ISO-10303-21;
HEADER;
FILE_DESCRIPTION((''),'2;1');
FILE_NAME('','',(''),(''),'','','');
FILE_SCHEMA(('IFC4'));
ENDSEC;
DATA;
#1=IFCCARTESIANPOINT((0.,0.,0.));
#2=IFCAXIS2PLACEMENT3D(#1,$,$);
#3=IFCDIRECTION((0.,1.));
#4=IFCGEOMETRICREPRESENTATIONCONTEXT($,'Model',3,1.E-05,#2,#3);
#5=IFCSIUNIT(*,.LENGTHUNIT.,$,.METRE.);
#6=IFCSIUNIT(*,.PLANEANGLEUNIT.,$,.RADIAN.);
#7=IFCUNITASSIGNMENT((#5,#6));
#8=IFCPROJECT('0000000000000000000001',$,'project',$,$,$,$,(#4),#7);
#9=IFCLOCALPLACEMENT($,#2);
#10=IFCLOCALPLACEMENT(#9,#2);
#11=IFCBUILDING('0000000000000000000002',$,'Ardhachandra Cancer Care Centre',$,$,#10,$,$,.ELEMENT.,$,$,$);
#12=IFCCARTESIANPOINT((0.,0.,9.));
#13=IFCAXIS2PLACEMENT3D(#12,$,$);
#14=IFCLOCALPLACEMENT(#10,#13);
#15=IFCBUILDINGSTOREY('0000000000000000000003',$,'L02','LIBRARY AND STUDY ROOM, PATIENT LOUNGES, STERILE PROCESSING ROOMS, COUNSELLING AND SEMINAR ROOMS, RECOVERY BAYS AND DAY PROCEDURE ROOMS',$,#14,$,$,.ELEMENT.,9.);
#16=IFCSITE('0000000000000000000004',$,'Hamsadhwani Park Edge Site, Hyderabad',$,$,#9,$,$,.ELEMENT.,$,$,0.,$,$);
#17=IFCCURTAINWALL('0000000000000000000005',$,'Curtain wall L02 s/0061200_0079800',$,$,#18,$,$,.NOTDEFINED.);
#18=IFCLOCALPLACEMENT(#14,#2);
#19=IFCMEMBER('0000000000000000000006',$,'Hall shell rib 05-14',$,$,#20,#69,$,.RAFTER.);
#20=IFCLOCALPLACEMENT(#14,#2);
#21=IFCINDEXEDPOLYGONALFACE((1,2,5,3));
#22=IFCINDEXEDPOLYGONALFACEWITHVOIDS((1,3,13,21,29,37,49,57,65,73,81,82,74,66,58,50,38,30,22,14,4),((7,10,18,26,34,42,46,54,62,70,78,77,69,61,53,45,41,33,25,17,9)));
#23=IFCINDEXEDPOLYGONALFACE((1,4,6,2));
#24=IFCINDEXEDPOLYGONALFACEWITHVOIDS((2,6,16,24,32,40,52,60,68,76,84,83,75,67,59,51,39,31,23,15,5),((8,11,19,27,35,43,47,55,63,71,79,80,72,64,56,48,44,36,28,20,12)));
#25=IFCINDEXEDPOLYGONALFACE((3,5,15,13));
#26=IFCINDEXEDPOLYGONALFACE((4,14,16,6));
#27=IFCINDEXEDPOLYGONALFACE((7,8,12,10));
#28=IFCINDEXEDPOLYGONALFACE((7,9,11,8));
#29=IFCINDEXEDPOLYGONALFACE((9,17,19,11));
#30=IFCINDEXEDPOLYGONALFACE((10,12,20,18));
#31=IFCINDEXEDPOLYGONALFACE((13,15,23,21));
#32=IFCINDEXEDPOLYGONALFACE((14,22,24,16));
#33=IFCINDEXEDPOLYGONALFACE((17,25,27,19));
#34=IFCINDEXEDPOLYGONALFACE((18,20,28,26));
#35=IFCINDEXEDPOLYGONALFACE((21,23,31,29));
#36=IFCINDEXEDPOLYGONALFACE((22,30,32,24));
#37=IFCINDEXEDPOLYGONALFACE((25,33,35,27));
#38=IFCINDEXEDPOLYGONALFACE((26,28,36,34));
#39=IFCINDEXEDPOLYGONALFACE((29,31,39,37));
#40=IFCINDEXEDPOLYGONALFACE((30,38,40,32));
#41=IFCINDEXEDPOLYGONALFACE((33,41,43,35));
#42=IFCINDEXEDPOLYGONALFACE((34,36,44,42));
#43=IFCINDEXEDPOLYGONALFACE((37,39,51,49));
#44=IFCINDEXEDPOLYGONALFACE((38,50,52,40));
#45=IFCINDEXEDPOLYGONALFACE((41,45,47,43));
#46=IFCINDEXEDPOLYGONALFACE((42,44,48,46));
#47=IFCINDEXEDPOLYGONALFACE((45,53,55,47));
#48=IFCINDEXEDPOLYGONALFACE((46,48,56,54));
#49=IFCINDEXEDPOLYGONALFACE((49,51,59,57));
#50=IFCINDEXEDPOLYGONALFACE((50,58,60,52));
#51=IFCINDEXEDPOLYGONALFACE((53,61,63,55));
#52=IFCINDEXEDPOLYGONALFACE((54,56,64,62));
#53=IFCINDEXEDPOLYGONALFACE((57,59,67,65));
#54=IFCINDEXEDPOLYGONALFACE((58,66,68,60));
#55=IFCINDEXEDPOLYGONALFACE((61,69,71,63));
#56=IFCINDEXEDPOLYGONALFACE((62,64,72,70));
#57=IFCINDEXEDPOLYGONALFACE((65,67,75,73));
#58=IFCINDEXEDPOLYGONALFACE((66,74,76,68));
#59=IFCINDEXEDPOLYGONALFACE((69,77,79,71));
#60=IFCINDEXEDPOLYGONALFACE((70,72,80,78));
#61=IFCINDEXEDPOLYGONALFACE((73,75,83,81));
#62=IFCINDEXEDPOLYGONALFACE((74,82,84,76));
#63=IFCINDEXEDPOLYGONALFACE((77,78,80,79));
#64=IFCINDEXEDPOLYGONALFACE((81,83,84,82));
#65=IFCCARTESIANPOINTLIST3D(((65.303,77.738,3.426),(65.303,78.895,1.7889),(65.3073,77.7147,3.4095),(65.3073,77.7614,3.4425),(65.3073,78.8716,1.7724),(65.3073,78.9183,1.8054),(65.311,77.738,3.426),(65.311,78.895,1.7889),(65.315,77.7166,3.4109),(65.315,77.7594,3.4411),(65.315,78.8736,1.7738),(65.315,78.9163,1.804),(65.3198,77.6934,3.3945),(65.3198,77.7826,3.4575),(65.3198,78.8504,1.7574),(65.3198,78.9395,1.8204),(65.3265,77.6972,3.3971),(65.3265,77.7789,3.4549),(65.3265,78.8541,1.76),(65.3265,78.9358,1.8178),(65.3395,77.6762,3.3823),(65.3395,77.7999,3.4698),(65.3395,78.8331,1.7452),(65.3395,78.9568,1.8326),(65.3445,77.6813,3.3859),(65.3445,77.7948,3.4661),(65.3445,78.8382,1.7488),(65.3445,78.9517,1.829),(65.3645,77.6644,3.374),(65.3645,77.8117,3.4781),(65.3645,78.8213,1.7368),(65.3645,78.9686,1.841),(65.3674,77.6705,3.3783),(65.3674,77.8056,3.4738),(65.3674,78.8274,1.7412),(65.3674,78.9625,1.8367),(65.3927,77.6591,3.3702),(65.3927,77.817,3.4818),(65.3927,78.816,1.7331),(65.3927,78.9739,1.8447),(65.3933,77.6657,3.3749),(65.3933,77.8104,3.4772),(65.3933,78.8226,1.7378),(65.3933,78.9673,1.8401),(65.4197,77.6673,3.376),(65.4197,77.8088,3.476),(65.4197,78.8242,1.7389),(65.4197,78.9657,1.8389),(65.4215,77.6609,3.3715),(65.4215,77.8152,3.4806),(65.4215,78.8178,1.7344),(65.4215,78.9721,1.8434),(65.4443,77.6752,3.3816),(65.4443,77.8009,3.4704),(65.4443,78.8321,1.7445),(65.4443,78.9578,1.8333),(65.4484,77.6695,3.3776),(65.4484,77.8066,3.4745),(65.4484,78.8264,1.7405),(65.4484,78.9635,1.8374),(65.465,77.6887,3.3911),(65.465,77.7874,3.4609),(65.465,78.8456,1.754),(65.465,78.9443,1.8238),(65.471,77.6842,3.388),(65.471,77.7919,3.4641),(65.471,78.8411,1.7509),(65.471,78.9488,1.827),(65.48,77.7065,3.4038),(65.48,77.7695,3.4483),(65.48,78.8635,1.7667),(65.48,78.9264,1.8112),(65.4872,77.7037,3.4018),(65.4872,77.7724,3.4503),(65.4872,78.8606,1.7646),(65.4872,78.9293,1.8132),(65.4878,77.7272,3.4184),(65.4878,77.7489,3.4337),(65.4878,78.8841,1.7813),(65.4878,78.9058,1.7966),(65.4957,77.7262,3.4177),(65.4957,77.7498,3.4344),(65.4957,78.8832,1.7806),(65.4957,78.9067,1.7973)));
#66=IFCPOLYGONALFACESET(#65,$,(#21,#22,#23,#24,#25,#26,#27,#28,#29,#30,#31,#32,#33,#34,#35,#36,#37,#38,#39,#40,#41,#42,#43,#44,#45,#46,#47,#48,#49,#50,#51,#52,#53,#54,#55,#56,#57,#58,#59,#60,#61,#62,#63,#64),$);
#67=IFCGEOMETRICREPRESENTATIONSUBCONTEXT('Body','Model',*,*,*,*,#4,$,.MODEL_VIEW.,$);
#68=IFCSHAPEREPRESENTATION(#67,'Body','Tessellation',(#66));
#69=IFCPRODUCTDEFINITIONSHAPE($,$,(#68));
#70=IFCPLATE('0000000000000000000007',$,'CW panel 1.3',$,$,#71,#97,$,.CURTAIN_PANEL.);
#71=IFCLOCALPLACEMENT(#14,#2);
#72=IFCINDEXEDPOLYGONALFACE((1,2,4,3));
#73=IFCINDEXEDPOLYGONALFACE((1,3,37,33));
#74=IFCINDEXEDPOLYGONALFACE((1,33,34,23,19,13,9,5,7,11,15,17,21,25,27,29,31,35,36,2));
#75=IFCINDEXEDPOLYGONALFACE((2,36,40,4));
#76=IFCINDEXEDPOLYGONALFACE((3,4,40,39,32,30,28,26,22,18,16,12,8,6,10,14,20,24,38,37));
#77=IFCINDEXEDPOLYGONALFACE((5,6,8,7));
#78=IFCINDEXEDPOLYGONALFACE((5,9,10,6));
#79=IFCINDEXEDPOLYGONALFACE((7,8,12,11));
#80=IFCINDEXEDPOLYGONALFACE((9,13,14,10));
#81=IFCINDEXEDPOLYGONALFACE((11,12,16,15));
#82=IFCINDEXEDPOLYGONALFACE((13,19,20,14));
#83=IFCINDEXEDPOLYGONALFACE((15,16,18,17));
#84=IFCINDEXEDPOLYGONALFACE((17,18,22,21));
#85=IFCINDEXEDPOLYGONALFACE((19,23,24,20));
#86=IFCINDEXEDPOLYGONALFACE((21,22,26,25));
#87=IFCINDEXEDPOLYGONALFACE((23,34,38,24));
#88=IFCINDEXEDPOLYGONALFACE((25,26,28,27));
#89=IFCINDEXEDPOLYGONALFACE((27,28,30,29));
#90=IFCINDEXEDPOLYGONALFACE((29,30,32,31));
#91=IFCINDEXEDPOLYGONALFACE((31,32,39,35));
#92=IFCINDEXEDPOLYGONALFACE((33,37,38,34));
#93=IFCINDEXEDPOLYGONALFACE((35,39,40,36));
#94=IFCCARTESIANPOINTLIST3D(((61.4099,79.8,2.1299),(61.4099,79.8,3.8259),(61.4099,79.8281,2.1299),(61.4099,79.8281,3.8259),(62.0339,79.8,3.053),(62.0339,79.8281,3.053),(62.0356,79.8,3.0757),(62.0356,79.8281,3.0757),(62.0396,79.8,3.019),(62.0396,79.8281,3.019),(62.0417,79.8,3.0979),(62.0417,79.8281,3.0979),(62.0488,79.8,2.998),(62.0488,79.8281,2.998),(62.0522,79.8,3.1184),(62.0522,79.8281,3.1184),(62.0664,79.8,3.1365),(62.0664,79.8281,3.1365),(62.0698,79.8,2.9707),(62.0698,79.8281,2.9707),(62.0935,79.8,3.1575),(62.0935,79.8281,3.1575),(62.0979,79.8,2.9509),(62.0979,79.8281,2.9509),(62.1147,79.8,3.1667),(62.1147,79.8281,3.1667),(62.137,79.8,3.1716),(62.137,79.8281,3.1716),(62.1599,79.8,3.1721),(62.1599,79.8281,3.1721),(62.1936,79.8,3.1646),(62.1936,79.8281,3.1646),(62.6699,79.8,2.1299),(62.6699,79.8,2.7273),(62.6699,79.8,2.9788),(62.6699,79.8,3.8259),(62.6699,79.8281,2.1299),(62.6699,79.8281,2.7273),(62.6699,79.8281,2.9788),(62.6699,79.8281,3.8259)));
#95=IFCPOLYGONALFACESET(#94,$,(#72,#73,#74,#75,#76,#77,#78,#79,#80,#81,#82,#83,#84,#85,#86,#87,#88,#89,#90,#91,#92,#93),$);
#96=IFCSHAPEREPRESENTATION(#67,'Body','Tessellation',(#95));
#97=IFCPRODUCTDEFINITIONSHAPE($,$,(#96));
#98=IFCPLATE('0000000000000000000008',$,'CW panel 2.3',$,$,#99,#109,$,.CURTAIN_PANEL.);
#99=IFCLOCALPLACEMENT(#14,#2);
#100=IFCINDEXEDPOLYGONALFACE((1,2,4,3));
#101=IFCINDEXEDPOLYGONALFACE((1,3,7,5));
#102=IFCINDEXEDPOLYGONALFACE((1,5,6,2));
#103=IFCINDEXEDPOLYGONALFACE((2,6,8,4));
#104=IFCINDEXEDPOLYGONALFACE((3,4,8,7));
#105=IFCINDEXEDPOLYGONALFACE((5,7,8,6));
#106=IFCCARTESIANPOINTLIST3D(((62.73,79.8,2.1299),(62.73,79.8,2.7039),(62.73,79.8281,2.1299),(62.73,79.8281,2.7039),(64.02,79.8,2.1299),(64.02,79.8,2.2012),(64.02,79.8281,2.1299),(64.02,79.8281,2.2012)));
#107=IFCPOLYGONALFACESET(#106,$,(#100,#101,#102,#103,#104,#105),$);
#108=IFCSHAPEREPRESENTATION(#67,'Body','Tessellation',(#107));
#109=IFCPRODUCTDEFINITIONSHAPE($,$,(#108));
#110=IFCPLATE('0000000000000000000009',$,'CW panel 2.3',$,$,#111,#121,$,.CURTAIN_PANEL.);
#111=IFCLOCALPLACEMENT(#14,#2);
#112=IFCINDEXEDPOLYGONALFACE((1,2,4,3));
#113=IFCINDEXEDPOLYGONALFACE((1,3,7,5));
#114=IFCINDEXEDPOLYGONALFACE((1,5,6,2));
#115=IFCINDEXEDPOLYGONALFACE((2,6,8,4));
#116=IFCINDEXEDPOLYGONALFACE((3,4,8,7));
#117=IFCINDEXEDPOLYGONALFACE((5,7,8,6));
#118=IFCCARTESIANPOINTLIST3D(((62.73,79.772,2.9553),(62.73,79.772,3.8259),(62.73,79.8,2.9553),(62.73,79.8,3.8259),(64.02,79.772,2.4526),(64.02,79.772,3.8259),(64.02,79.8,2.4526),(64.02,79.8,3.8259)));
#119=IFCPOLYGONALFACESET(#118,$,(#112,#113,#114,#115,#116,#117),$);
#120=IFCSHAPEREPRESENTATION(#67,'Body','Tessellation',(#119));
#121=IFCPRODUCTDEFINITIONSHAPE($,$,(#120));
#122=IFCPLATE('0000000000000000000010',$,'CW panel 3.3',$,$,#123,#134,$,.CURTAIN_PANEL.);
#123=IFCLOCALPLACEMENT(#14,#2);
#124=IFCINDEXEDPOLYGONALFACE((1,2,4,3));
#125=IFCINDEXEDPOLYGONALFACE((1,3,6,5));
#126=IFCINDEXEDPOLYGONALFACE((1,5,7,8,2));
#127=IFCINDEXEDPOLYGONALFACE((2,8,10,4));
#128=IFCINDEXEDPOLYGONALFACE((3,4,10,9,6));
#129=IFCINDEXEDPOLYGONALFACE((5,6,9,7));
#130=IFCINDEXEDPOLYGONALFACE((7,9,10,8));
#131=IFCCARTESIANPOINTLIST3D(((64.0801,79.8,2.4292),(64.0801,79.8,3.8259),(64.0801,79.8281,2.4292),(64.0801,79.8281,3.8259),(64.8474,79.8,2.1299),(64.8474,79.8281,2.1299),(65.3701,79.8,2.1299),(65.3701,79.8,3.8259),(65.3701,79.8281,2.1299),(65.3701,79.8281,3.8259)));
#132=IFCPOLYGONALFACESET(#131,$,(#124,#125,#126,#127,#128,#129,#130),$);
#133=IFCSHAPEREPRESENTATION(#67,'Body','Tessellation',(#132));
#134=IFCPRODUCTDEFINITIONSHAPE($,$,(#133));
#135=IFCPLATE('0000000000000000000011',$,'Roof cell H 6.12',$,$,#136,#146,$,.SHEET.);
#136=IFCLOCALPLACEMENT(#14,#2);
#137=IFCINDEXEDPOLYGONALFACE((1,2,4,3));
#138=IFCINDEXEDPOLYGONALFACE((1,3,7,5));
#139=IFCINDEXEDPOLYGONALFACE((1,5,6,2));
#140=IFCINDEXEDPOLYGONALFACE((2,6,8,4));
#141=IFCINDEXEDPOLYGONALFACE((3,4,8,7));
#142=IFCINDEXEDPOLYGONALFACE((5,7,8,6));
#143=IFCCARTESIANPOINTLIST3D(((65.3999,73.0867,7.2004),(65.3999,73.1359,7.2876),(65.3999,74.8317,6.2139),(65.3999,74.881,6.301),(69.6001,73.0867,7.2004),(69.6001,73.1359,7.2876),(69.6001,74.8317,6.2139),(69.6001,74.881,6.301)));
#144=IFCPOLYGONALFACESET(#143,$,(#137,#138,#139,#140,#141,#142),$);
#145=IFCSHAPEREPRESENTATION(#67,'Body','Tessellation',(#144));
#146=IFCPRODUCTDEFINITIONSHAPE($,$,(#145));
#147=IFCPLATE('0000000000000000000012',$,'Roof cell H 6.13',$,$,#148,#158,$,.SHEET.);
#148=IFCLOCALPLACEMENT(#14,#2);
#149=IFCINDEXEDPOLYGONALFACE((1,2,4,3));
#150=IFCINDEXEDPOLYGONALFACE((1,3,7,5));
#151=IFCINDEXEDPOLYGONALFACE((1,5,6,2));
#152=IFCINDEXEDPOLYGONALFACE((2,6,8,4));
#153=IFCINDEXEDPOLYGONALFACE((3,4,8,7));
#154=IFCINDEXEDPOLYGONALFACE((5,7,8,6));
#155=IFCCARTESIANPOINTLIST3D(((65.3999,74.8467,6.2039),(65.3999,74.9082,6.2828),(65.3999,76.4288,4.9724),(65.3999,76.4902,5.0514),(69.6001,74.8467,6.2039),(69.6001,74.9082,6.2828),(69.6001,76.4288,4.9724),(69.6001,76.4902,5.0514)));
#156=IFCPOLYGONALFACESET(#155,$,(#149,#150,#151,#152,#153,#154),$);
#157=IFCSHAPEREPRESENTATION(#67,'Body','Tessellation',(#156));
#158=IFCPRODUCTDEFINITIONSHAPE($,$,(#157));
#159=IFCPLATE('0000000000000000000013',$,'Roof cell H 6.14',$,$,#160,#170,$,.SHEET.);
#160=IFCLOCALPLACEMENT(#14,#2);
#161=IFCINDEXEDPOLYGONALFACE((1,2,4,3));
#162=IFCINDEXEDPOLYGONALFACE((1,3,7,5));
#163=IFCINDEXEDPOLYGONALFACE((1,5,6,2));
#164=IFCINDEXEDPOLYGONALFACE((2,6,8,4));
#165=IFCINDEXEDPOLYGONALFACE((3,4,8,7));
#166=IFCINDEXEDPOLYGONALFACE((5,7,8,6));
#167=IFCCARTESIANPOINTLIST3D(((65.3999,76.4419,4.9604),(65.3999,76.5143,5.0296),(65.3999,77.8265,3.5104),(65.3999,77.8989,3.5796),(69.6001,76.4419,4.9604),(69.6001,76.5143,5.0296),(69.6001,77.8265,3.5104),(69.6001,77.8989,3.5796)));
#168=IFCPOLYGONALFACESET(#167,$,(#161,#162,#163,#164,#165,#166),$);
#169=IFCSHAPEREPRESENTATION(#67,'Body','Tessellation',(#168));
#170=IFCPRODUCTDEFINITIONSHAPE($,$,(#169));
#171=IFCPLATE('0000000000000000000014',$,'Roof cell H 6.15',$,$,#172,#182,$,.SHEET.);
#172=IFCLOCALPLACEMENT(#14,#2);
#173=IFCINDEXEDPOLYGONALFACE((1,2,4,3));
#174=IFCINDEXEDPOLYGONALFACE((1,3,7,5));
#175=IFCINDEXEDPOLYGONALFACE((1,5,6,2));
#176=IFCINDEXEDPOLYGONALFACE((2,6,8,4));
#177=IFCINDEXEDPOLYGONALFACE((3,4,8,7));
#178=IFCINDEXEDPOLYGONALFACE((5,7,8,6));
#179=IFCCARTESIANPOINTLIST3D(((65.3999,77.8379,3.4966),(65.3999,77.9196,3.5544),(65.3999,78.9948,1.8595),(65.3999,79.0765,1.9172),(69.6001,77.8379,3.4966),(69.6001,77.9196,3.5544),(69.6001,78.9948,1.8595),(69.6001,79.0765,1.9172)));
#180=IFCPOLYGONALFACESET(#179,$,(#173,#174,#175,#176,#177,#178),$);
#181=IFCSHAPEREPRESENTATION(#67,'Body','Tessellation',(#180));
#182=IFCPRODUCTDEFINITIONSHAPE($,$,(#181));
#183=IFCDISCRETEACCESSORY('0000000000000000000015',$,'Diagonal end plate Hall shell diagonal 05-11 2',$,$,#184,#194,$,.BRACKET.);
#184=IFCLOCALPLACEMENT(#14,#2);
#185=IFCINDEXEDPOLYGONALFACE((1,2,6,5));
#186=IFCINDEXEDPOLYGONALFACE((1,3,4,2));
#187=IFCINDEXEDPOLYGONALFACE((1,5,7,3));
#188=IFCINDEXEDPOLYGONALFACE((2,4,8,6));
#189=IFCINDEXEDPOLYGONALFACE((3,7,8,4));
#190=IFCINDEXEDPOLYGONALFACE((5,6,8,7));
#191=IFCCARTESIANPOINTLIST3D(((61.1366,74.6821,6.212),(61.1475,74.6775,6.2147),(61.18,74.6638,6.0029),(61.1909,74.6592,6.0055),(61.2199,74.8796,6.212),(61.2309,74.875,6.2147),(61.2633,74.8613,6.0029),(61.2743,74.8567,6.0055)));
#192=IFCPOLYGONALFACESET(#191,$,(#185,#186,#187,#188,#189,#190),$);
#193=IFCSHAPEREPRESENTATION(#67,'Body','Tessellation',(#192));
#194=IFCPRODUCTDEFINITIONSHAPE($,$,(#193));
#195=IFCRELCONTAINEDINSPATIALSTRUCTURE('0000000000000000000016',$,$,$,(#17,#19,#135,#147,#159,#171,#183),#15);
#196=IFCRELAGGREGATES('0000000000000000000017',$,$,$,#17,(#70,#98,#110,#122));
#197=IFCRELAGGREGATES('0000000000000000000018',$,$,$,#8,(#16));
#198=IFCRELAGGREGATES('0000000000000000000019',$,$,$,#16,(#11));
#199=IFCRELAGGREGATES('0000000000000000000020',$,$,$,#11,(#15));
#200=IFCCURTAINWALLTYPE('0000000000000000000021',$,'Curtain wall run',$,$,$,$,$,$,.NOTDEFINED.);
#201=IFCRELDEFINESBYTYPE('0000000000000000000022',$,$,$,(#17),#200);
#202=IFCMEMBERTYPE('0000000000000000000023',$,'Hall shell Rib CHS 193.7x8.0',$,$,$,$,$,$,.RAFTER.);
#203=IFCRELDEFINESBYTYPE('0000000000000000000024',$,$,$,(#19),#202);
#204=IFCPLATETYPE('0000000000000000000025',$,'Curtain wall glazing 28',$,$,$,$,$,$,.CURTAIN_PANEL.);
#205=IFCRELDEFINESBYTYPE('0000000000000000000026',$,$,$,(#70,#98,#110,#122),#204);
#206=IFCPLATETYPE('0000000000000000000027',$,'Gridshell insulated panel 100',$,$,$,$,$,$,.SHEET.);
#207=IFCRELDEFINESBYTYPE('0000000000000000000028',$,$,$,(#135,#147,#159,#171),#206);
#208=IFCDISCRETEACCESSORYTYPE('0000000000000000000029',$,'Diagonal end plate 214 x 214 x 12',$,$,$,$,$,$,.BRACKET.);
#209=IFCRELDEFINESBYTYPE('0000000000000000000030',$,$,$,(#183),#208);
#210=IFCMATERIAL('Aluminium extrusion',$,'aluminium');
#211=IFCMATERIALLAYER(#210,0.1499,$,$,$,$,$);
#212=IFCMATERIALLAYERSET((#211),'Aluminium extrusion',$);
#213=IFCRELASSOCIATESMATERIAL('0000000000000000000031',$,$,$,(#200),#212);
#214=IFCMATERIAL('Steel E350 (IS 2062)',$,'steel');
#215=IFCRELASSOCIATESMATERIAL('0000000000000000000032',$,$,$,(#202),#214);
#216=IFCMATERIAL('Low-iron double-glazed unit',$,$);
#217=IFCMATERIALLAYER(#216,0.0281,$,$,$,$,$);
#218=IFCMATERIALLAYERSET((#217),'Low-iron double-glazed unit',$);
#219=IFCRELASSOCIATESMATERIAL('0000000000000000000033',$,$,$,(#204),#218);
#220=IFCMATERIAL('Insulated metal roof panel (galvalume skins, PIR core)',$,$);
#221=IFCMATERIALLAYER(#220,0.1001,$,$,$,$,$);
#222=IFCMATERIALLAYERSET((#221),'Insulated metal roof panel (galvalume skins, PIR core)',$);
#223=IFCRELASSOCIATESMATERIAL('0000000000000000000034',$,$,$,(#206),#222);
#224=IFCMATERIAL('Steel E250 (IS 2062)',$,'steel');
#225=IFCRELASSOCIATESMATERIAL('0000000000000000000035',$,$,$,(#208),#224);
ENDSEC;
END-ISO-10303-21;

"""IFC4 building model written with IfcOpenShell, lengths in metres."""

from ifc_helpers import new_model, si_unit, direction, frame, origin, origin_2d, place, context, subcontext, project, spatial, polyline, rectangle, hollow_circle, outline, extrude, material, layer, layer_set, material_profile, profile_set, type_object, element, aggregate, save


model = new_model("IFC4")

# Units and contexts
model_context = context("Model", 3, precision=1e-05, world=origin(), true_north=direction((0.0, 1.0)))
body_context = subcontext(model_context, "Body", "Model", "MODEL_VIEW")
ifc_project = project(units=[si_unit("LENGTHUNIT", "METRE"), si_unit("PLANEANGLEUNIT", "RADIAN")], contexts=[model_context])

# Site, building, storey
site_placement = place(None, origin())
site = spatial("IfcSite", under=ifc_project, at=site_placement, Name="Hamsadhwani Park Edge Site, Hyderabad", CompositionType="ELEMENT", RefElevation=0.0)
building_placement = place(site_placement, origin())
building = spatial("IfcBuilding", under=site, at=building_placement, Name="Ardhachandra Cancer Care Centre", CompositionType="ELEMENT")
storey_placement = place(building_placement, frame((0.0, 0.0, 9.0)))
storey = spatial("IfcBuildingStorey", under=building, at=storey_placement, Name="L02", Description="LIBRARY AND STUDY ROOM, PATIENT LOUNGES, STERILE PROCESSING ROOMS, COUNSELLING AND SEMINAR ROOMS, RECOVERY BAYS AND DAY PROCEDURE ROOMS", CompositionType="ELEMENT", Elevation=9.0)

# Curtain wall
ifc_material_1 = material(Name="Aluminium extrusion", Category="aluminium")
ifc_layer_1 = layer(ifc_material_1, 0.1499)
ifc_layer_set_1 = layer_set([ifc_layer_1], Name="Aluminium extrusion")
curtain_wall_type = type_object("IfcCurtainWallType", Name="Curtain wall run", PredefinedType="NOTDEFINED", material=ifc_layer_set_1)
curtain_wall_placement = place(storey_placement, origin())
curtain_wall = element("IfcCurtainWall", 1, at=curtain_wall_placement, inside=storey, type_object=curtain_wall_type, Name="Curtain wall L02 s/0061200_0079800", PredefinedType="NOTDEFINED")

# Member
ifc_material_2 = material(Name="Steel E350 (IS 2062)", Category="steel")
ifc_material_profile_1 = material_profile(ifc_material_2, hollow_circle(Radius=0.0969, WallThickness=0.0081, at=origin_2d()), Name="CHS 193.7x8.0")
ifc_profile_set_1 = profile_set([ifc_material_profile_1], Name="Steel E350 (IS 2062)")
member_type_1 = type_object("IfcMemberType", Name="Hall shell Rib CHS 193.7x8.0", PredefinedType="RAFTER", material=ifc_profile_set_1)
member_1_placement = place(storey_placement, frame((65.3999, 77.738, 3.426), z_axis=(0.0, 0.577118, -0.816661), x_axis=(-1.0, 0.0, 0.0)))
element("IfcMember", 2, at=member_1_placement, inside=storey, type_object=member_type_1, Name="Hall shell rib 05-14", PredefinedType="RAFTER", context=body_context, shape_type="SweptSolid", body=[
    extrude(hollow_circle(Radius=0.0969, WallThickness=0.0081, at=origin_2d()), origin(), (0.0, 0.0, 1.0), 2.0046),
])

# Plates
ifc_material_3 = material(Name="Low-iron double-glazed unit")
ifc_layer_2 = layer(ifc_material_3, 0.0281)
ifc_layer_set_2 = layer_set([ifc_layer_2], Name="Low-iron double-glazed unit")
plate_type_1 = type_object("IfcPlateType", Name="Curtain wall glazing 28", PredefinedType="CURTAIN_PANEL", material=ifc_layer_set_2)
plate_1_placement = place(storey_placement, frame((62.6699, 79.8, 2.1299), z_axis=(0.0, 1.0, 0.0), x_axis=(-1.0, 0.0, 0.0)))
plate_1 = element("IfcPlate", 3, at=plate_1_placement, type_object=plate_type_1, Name="CW panel 1.3", PredefinedType="CURTAIN_PANEL", context=body_context, shape_type="SweptSolid", body=[
    extrude(outline(polyline([(0.0, 0.0), (1.26, 0.0), (1.26, 1.696), (0.0, 1.696), (0.0, 0.8489), (0.4763, 1.0347), (0.51, 1.0422), (0.533, 1.0417), (0.5552, 1.0369), (0.5764, 1.0276), (0.6035, 1.0066), (0.6177, 0.9885), (0.6282, 0.968), (0.6343, 0.9458), (0.636, 0.9231), (0.6304, 0.8892), (0.6211, 0.8682), (0.6001, 0.8408), (0.572, 0.821), (0.0, 0.5974), (0.0, 0.0)])), origin(), (0.0, 0.0, 1.0), 0.0281),
])
plate_2_placement = place(storey_placement, frame((64.02, 79.8, 2.1299), z_axis=(0.0, 1.0, 0.0), x_axis=(-1.0, 0.0, 0.0)))
plate_2 = element("IfcPlate", 4, at=plate_2_placement, type_object=plate_type_1, Name="CW panel 2.3", PredefinedType="CURTAIN_PANEL", context=body_context, shape_type="SweptSolid", body=[
    extrude(outline(polyline([(0.0, 0.0), (1.29, 0.0), (1.29, 0.574), (0.0, 0.0713), (0.0, 0.0)])), origin(), (0.0, 0.0, 1.0), 0.0281),
])
plate_3_placement = place(storey_placement, frame((62.73, 79.8, 3.8259), z_axis=(0.0, 1.0, 0.0), x_axis=(1.0, 0.0, 0.0)))
plate_3 = element("IfcPlate", 5, at=plate_3_placement, type_object=plate_type_1, Name="CW panel 2.3", PredefinedType="CURTAIN_PANEL", context=body_context, shape_type="SweptSolid", body=[
    extrude(outline(polyline([(0.0, 0.0), (1.29, 0.0), (1.29, 1.3733), (0.0, 0.8706), (0.0, 0.0)])), frame((0.0, 0.0, -0.0281)), (0.0, 0.0, 1.0), 0.0281),
])
plate_4_placement = place(storey_placement, frame((64.0801, 79.8, 3.8259), z_axis=(0.0, 1.0, 0.0), x_axis=(1.0, 0.0, 0.0)))
plate_4 = element("IfcPlate", 6, at=plate_4_placement, type_object=plate_type_1, Name="CW panel 3.3", PredefinedType="CURTAIN_PANEL", context=body_context, shape_type="SweptSolid", body=[
    extrude(outline(polyline([(0.0, 0.0), (1.29, 0.0), (1.29, 1.696), (0.7673, 1.696), (0.0, 1.3967), (0.0, 0.0)])), origin(), (0.0, 0.0, 1.0), 0.0281),
])
aggregate(curtain_wall, [plate_1, plate_2, plate_3, plate_4])

# Plates
ifc_material_4 = material(Name="Insulated metal roof panel (galvalume skins, PIR core)")
ifc_layer_3 = layer(ifc_material_4, 0.1001)
ifc_layer_set_3 = layer_set([ifc_layer_3], Name="Insulated metal roof panel (galvalume skins, PIR core)")
plate_type_2 = type_object("IfcPlateType", Name="Gridshell insulated panel 100", PredefinedType="SHEET", material=ifc_layer_set_3)
plate_5_placement = place(storey_placement, frame((65.3999, 73.0867, 7.2004), z_axis=(0.0, 0.492134, 0.87052), x_axis=(1.0, 0.0, 0.0)))
element("IfcPlate", 7, at=plate_5_placement, inside=storey, type_object=plate_type_2, Name="Roof cell H 6.12", PredefinedType="SHEET", context=body_context, shape_type="SweptSolid", body=[
    extrude(outline(polyline([(0.0, 0.0), (4.2002, 0.0), (4.2002, 2.0046), (0.0, 2.0046), (0.0, 0.0)])), origin(), (0.0, 0.0, 1.0), 0.1001),
])
for number, where, z_axis, x_axis, name in (
    (8, (65.3999, 74.8467, 6.2039), (0.0, 0.614244, 0.789116), (1.0, 0.0, 0.0), "Roof cell H 6.13"),
    (9, (65.3999, 76.4419, 4.9604), (0.0, 0.723237, 0.6906), (1.0, 0.0, 0.0), "Roof cell H 6.14"),
):
    element("IfcPlate", number, at=place(storey_placement, frame(where, z_axis=z_axis, x_axis=x_axis)), inside=storey, type_object=plate_type_2, Name=name, PredefinedType="SHEET", context=body_context, shape_type="SweptSolid", body=[
        extrude(outline(polyline([(0.0, 0.0), (4.2002, 0.0), (4.2002, 2.0049), (0.0, 2.0049), (0.0, 0.0)])), origin(), (0.0, 0.0, 1.0), 0.1001),
    ])
plate_6_placement = place(storey_placement, frame((65.3999, 77.8379, 3.4966), z_axis=(0.0, 0.816661, 0.577118), x_axis=(1.0, 0.0, 0.0)))
element("IfcPlate", 10, at=plate_6_placement, inside=storey, type_object=plate_type_2, Name="Roof cell H 6.15", PredefinedType="SHEET", context=body_context, shape_type="SweptSolid", body=[
    extrude(outline(polyline([(0.0, 0.0), (4.2002, 0.0), (4.2002, 2.0046), (0.0, 2.0046), (0.0, 0.0)])), origin(), (0.0, 0.0, 1.0), 0.1001),
])

# Discrete accessory
ifc_material_5 = material(Name="Steel E250 (IS 2062)", Category="steel")
ifc_material_profile_2 = material_profile(ifc_material_5, rectangle(XDim=0.2144, YDim=0.2144, at=origin_2d()), Name="PL 214x214x12")
ifc_profile_set_2 = profile_set([ifc_material_profile_2], Name="Steel E250 (IS 2062)")
discrete_accessory_type = type_object("IfcDiscreteAccessoryType", Name="Diagonal end plate 214 x 214 x 12", PredefinedType="BRACKET", material=ifc_profile_set_2)
discrete_accessory_placement = place(storey_placement, frame((61.2, 74.7717, 6.1074), z_axis=(0.898743, -0.379469, 0.219693), x_axis=(0.388972, 0.92125, 0.0)))
element("IfcDiscreteAccessory", 11, at=discrete_accessory_placement, inside=storey, type_object=discrete_accessory_type, Name="Diagonal end plate Hall shell diagonal 05-11 2", PredefinedType="BRACKET", context=body_context, shape_type="SweptSolid", body=[
    extrude(rectangle(XDim=0.2144, YDim=0.2144, at=origin_2d()), origin(), (0.0, 0.0, 1.0), 0.0122),
])

save(model, "model.ifc")
